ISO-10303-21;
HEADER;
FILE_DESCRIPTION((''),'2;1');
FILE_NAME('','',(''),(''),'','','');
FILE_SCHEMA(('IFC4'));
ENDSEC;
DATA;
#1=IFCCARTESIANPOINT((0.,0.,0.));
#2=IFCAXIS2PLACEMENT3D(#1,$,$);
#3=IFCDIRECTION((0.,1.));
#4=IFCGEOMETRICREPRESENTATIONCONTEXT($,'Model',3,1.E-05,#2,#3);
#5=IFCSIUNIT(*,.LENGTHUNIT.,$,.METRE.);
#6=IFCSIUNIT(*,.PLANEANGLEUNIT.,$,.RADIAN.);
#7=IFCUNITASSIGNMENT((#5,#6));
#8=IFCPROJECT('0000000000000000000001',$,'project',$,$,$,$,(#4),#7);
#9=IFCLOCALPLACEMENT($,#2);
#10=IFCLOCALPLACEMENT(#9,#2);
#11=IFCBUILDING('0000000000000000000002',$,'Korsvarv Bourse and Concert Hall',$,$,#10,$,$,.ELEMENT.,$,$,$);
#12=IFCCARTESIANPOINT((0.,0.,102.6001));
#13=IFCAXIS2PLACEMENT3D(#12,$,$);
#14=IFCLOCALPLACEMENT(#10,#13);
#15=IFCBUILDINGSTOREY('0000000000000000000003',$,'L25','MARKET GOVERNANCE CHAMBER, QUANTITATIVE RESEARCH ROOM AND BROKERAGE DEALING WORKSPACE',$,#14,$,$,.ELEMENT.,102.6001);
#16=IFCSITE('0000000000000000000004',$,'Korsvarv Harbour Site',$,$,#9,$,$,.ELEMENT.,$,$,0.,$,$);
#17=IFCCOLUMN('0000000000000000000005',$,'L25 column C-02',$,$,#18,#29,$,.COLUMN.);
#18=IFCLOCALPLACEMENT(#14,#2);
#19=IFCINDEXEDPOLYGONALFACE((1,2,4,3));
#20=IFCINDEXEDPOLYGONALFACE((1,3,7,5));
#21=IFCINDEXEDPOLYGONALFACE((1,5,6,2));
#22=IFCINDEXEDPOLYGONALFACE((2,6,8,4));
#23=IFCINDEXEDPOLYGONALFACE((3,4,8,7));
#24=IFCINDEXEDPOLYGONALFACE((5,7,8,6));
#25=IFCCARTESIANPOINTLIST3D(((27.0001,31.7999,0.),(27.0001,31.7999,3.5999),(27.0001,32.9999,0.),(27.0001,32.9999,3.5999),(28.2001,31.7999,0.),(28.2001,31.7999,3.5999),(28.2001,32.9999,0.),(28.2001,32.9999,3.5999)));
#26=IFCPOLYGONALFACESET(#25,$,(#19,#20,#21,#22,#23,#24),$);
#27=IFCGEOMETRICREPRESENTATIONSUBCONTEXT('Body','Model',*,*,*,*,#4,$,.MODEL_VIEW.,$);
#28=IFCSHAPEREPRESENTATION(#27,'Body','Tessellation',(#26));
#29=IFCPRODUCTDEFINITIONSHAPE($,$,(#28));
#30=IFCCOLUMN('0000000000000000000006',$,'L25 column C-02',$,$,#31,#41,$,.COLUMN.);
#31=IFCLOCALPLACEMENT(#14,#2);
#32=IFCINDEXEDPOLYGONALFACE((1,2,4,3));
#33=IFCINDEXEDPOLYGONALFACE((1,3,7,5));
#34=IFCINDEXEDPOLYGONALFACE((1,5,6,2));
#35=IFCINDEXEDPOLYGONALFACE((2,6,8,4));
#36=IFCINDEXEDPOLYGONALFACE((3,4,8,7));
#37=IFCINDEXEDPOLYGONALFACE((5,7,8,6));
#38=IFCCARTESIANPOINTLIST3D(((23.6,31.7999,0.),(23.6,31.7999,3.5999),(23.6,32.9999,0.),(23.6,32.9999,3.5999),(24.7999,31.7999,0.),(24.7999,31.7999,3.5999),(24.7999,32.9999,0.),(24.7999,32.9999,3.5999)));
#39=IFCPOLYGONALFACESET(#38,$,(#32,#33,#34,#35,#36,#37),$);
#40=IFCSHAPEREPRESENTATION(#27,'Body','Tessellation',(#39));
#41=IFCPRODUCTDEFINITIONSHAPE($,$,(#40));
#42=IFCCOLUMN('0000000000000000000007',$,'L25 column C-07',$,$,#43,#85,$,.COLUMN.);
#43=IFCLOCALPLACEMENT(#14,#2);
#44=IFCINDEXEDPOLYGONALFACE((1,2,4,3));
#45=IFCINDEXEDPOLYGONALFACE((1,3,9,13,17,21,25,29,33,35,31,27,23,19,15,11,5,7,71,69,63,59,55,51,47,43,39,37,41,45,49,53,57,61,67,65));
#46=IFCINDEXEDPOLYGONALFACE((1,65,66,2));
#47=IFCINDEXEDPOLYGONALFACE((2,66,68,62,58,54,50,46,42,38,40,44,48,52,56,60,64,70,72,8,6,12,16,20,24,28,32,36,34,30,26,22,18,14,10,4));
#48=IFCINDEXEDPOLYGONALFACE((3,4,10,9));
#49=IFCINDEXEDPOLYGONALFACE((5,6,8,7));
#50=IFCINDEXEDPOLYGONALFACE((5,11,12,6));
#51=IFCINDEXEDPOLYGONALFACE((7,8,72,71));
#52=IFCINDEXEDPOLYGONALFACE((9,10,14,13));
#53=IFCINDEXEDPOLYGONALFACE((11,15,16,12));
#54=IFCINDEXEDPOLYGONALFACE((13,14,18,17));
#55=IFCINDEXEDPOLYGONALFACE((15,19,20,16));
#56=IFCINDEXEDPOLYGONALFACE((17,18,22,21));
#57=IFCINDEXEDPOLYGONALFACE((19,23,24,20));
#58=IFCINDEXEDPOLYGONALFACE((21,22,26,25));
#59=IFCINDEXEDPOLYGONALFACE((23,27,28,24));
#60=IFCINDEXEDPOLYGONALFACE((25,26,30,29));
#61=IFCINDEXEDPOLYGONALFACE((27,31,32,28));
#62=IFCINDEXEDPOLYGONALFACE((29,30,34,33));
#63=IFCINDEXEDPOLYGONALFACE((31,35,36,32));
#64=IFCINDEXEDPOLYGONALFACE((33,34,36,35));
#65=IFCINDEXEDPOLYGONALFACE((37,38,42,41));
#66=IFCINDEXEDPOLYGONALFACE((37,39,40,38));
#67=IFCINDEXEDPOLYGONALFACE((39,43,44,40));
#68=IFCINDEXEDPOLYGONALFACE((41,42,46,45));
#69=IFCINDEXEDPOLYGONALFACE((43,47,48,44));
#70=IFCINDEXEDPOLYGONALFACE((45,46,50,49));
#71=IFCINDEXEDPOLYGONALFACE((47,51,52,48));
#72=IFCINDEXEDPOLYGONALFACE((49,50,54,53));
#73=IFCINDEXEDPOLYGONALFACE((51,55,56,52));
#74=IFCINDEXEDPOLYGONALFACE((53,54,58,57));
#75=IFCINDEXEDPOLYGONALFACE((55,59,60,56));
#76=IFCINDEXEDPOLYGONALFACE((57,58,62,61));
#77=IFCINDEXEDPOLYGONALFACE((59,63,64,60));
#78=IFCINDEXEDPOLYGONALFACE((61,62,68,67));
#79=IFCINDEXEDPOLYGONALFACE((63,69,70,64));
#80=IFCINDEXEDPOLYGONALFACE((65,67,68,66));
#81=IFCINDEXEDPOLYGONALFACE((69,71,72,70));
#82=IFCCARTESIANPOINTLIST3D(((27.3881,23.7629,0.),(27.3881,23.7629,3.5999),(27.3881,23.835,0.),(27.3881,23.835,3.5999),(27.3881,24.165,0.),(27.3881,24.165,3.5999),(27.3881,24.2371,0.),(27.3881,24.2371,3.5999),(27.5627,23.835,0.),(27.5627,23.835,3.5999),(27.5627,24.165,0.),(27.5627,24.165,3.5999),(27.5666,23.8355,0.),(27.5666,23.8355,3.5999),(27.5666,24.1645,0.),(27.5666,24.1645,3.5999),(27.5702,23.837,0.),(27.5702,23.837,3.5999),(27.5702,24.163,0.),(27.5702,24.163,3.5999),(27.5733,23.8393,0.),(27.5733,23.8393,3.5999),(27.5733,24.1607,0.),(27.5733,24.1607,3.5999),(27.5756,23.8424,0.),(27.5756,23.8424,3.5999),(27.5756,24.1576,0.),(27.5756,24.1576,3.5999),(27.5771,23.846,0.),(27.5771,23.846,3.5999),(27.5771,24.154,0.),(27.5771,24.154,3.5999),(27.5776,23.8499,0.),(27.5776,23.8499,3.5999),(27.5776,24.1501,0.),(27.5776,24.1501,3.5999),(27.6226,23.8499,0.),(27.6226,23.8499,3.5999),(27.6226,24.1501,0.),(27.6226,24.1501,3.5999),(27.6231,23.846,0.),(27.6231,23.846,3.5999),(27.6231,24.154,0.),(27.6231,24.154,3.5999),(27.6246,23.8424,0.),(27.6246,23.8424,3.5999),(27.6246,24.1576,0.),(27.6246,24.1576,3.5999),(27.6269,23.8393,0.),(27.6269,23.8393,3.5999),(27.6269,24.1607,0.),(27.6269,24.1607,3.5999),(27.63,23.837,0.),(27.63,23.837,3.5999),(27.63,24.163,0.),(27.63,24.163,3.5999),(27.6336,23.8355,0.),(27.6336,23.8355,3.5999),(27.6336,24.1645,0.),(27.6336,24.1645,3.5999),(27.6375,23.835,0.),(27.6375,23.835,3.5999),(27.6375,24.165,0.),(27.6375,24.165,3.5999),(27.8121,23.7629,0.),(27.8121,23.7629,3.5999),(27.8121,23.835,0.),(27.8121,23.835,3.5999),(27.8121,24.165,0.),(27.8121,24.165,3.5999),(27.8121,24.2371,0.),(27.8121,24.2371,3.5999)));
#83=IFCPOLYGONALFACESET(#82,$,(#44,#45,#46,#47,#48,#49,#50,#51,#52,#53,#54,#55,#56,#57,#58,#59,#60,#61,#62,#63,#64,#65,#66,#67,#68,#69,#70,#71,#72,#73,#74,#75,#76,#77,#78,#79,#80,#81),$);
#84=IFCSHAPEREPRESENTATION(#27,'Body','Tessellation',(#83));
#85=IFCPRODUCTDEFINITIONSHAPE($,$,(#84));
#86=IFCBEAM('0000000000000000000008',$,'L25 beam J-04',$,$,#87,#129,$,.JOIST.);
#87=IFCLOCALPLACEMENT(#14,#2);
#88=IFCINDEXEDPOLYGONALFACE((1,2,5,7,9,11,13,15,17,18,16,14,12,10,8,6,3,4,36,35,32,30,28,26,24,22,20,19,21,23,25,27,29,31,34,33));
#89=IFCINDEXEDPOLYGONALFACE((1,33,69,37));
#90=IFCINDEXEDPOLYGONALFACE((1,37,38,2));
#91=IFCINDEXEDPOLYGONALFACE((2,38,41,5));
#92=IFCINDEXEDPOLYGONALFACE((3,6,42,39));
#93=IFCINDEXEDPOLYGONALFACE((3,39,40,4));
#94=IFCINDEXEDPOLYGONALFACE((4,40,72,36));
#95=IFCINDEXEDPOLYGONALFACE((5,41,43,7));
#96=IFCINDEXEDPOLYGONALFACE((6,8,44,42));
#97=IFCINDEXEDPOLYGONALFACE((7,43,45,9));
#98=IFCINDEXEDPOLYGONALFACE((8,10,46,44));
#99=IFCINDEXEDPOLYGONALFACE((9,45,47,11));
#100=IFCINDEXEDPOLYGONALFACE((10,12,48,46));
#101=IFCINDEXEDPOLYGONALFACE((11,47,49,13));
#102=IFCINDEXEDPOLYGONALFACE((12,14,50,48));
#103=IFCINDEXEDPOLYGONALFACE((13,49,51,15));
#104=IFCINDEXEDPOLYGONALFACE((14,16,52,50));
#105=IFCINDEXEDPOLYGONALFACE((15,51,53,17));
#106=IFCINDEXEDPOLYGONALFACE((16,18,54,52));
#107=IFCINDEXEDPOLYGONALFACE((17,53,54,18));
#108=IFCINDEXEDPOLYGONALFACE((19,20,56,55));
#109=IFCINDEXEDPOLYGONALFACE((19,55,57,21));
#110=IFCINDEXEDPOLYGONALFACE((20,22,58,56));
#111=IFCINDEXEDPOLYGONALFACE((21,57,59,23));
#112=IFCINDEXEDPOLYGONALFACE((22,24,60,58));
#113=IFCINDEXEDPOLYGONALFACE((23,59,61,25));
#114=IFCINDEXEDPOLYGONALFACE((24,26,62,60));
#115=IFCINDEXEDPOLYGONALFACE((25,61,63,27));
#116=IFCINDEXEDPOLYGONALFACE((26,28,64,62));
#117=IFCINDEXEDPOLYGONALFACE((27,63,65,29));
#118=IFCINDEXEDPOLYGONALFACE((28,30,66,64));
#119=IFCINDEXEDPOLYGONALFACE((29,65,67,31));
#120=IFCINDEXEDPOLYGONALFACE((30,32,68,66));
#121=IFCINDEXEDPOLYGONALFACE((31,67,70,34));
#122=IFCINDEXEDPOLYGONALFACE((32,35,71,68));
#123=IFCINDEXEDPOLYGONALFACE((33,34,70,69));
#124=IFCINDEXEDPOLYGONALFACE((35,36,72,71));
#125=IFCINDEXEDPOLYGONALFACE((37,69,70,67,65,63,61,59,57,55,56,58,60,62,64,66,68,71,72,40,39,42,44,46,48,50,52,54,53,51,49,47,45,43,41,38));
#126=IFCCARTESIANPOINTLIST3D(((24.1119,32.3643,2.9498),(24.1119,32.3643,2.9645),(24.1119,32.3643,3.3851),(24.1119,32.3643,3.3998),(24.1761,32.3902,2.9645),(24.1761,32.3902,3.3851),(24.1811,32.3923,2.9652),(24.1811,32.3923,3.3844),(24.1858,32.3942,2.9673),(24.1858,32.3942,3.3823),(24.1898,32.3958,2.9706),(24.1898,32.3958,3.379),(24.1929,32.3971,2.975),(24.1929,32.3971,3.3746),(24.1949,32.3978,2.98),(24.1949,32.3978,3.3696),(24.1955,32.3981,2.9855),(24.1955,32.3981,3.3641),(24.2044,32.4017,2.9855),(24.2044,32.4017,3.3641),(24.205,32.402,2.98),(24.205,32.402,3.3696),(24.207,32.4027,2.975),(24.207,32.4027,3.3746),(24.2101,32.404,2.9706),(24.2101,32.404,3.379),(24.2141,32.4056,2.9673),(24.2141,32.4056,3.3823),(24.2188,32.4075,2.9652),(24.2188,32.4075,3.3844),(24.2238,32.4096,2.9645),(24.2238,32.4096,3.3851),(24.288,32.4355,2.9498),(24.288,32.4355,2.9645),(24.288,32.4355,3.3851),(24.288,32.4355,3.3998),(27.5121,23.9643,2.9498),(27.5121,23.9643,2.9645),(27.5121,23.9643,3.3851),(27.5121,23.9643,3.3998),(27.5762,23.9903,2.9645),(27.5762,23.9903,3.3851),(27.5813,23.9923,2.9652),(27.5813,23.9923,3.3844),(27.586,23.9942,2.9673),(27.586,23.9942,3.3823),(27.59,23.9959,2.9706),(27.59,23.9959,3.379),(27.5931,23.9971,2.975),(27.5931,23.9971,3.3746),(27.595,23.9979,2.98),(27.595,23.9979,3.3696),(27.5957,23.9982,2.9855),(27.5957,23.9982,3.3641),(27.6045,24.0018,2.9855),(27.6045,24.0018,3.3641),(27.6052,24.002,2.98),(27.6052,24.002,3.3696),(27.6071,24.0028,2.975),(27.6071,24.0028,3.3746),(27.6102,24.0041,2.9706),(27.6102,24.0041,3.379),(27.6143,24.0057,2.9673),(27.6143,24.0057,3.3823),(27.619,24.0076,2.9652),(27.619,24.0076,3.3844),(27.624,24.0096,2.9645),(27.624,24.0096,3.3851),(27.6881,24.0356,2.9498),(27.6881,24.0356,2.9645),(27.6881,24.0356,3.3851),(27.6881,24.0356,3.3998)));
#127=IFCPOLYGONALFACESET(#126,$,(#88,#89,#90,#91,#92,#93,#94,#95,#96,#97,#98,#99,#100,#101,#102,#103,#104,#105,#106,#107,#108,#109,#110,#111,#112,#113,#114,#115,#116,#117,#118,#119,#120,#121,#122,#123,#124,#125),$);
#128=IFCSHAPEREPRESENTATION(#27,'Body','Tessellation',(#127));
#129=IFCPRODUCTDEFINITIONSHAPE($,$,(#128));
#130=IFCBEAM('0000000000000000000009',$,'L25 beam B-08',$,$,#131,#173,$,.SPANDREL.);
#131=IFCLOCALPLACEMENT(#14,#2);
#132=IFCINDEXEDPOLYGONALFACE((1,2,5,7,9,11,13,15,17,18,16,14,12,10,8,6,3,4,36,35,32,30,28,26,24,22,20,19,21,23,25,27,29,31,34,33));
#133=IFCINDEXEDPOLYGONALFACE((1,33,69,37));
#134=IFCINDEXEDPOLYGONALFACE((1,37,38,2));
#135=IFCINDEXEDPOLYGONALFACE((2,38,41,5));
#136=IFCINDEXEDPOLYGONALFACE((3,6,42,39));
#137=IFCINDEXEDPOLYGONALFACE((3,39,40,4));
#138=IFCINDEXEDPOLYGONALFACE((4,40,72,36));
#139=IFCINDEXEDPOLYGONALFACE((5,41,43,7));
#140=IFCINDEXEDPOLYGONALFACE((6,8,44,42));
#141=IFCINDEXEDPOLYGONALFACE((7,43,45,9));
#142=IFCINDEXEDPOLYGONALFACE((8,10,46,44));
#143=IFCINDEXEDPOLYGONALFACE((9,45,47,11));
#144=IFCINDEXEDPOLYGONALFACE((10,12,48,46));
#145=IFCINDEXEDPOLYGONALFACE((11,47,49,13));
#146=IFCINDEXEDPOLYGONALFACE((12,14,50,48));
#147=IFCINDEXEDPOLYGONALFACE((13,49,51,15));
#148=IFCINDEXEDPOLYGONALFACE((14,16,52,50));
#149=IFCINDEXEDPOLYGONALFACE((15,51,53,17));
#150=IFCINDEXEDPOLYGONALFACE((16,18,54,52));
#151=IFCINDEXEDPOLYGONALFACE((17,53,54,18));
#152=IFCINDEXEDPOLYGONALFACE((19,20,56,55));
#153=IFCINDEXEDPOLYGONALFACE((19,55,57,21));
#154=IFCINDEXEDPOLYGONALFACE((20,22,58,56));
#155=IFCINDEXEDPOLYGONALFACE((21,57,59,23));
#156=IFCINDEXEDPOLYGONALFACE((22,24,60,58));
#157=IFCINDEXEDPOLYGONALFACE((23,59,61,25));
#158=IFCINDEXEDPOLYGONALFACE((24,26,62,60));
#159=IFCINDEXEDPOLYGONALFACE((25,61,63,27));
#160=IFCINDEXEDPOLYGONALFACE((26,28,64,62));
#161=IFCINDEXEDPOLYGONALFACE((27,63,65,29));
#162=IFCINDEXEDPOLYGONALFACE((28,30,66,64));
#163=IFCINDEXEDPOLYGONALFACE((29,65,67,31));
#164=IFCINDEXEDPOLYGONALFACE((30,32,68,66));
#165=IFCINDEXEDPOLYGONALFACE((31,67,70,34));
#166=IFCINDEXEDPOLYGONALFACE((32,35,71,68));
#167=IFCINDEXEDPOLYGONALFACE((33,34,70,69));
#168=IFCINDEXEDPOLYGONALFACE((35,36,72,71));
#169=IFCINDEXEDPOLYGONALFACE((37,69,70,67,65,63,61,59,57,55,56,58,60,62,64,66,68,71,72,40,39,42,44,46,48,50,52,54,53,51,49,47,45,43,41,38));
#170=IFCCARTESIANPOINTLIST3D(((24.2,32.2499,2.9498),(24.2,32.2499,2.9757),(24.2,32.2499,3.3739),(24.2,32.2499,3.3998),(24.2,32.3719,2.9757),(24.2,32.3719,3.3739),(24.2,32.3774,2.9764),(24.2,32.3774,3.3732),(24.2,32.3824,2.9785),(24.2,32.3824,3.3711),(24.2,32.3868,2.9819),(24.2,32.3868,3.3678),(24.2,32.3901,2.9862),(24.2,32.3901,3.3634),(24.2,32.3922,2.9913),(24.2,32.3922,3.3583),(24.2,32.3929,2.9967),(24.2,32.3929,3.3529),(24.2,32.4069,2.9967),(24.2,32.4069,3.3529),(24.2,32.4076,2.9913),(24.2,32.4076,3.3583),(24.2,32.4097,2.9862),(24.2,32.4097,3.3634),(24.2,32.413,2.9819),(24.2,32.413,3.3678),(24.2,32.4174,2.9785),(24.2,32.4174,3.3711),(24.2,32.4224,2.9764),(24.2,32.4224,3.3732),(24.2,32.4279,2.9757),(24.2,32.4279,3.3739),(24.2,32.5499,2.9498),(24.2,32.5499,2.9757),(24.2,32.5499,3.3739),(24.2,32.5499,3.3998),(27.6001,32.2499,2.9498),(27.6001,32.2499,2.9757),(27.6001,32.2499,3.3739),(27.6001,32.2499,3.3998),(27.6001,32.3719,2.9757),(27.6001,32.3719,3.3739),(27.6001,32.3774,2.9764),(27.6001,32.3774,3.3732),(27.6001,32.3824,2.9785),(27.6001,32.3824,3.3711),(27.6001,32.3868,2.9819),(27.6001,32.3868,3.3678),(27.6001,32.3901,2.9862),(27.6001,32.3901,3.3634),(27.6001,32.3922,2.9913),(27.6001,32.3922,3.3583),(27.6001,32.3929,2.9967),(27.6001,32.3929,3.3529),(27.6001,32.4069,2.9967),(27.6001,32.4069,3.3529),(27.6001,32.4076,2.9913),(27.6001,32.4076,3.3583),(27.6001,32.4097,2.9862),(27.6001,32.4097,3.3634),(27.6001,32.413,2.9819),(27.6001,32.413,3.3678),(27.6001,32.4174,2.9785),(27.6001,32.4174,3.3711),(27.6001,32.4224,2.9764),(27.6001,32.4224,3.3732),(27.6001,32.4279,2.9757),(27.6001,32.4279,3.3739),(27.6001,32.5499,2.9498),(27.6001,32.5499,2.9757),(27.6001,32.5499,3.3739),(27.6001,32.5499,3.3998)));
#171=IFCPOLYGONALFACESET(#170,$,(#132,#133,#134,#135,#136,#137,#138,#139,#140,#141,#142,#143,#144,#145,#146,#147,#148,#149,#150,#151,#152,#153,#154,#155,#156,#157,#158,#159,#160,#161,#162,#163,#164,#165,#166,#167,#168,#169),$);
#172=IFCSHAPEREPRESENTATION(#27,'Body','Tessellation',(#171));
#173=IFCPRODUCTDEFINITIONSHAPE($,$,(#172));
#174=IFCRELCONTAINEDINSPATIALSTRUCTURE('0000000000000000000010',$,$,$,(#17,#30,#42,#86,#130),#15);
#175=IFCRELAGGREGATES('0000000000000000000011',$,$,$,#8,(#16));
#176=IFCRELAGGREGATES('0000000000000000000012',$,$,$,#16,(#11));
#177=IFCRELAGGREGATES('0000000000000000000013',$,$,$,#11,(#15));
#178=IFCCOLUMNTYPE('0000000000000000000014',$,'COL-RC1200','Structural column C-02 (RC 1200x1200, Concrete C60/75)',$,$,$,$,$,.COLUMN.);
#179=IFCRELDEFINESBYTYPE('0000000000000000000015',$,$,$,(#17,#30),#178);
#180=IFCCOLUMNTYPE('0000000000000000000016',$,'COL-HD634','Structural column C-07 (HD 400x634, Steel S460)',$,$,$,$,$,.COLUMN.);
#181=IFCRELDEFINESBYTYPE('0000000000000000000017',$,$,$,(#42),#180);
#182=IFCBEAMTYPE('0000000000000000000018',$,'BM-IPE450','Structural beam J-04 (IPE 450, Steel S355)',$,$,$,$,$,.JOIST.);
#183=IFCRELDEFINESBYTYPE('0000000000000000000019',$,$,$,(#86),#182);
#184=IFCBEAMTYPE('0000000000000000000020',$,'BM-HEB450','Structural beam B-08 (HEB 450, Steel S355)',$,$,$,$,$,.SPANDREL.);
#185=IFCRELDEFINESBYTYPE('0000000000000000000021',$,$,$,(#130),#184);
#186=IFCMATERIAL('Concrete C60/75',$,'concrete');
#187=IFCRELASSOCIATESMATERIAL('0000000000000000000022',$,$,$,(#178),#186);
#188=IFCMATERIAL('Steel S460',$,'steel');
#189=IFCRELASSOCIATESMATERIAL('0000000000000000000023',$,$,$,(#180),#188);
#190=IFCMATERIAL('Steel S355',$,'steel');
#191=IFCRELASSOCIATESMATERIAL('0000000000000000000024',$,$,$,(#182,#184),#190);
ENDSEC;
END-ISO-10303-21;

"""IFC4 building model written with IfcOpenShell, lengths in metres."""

from ifc_helpers import new_model, si_unit, direction, frame, origin, origin_2d, place, context, subcontext, project, spatial, rectangle, i_section, extrude, source, transform, mapped, material, material_profile, profile_set, type_object, element, save


model = new_model("IFC4")

# Units and contexts
model_context = context("Model", 3, precision=1e-05, world=origin(), true_north=direction((0.0, 1.0)))
body_context = subcontext(model_context, "Body", "Model", "MODEL_VIEW")
ifc_project = project(units=[si_unit("LENGTHUNIT", "METRE"), si_unit("PLANEANGLEUNIT", "RADIAN")], contexts=[model_context])

# Site, building, storey
site_placement = place(None, origin())
site = spatial("IfcSite", under=ifc_project, at=site_placement, Name="Korsvarv Harbour Site", CompositionType="ELEMENT", RefElevation=0.0)
building_placement = place(site_placement, origin())
building = spatial("IfcBuilding", under=site, at=building_placement, Name="Korsvarv Bourse and Concert Hall", CompositionType="ELEMENT")
storey_placement = place(building_placement, frame((0.0, 0.0, 102.6001)))
storey = spatial("IfcBuildingStorey", under=building, at=storey_placement, Name="L25", Description="MARKET GOVERNANCE CHAMBER, QUANTITATIVE RESEARCH ROOM AND BROKERAGE DEALING WORKSPACE", CompositionType="ELEMENT", Elevation=102.6001)

# Columns
ifc_material_1 = material(Name="Concrete C60/75", Category="concrete")
ifc_material_profile_1 = material_profile(ifc_material_1, rectangle(XDim=1.2, YDim=1.2, at=origin_2d()), Name="RC 1200x1200")
ifc_profile_set_1 = profile_set([ifc_material_profile_1], Name="Concrete C60/75")
column_type_1 = type_object("IfcColumnType", Name="COL-RC1200", Description="Structural column C-02 (RC 1200x1200, Concrete C60/75)", PredefinedType="COLUMN", material=ifc_profile_set_1)
shared_shape_1 = source(origin(), body_context, "Body", "SweptSolid", [
    extrude(rectangle(XDim=1.2, YDim=1.2, at=origin_2d()), origin(), (0.0, 0.0, 1.0), 3.5999),
])
for number, where, z_axis, x_axis, name in (
    (1, (27.6001, 32.3999, 0.0), (0.0, 0.0, 1.0), (1.0, 0.0, 0.0), "L25 column C-02"),
    (2, (24.2, 32.3999, 0.0), (0.0, 0.0, 1.0), (1.0, 0.0, 0.0), "L25 column C-02"),
):
    element("IfcColumn", number, at=place(storey_placement, frame(where, z_axis=z_axis, x_axis=x_axis)), inside=storey, type_object=column_type_1, Name=name, PredefinedType="COLUMN", context=body_context, shape_type="MappedRepresentation", body=[
        mapped(shared_shape_1, transform((0.0, 0.0, 0.0), scale=1.0)),
    ])
ifc_material_2 = material(Name="Steel S460", Category="steel")
ifc_material_profile_2 = material_profile(ifc_material_2, i_section(OverallWidth=0.4241, OverallDepth=0.4741, WebThickness=0.0449, FlangeThickness=0.072, FilletRadius=0.0149, at=origin_2d()), Name="HD 400x634")
ifc_profile_set_2 = profile_set([ifc_material_profile_2], Name="Steel S460")
column_type_2 = type_object("IfcColumnType", Name="COL-HD634", Description="Structural column C-07 (HD 400x634, Steel S460)", PredefinedType="COLUMN", material=ifc_profile_set_2)
shared_shape_2 = source(origin(), body_context, "Body", "SweptSolid", [
    extrude(i_section(OverallWidth=0.4241, OverallDepth=0.4741, WebThickness=0.0449, FlangeThickness=0.072, FilletRadius=0.0149, at=origin_2d()), origin(), (0.0, 0.0, 1.0), 3.5999),
])
column_placement = place(storey_placement, frame((27.6001, 24.0, 0.0), z_axis=(0.0, 0.0, 1.0), x_axis=(1.0, 0.0, 0.0)))
element("IfcColumn", 3, at=column_placement, inside=storey, type_object=column_type_2, Name="L25 column C-07", PredefinedType="COLUMN", context=body_context, shape_type="MappedRepresentation", body=[
    mapped(shared_shape_2, transform((0.0, 0.0, 0.0), scale=1.0)),
])

# Beams
ifc_material_3 = material(Name="Steel S355", Category="steel")
ifc_material_profile_3 = material_profile(ifc_material_3, i_section(OverallWidth=0.1899, OverallDepth=0.45, WebThickness=0.0095, FlangeThickness=0.0146, FilletRadius=0.021, at=origin_2d()), Name="IPE 450")
ifc_profile_set_3 = profile_set([ifc_material_profile_3], Name="Steel S355")
beam_type_1 = type_object("IfcBeamType", Name="BM-IPE450", Description="Structural beam J-04 (IPE 450, Steel S355)", PredefinedType="JOIST", material=ifc_profile_set_3)
shared_shape_3 = source(origin(), body_context, "Body", "SweptSolid", [
    extrude(i_section(OverallWidth=0.1899, OverallDepth=0.45, WebThickness=0.0095, FlangeThickness=0.0146, FilletRadius=0.021, at=origin_2d()), origin(), (0.0, 0.0, 1.0), 9.062),
])
beam_1_placement = place(storey_placement, frame((24.2, 32.3999, 3.1748), z_axis=(0.37521, -0.92694, 0.0), x_axis=(0.92694, 0.37521, 0.0)))
element("IfcBeam", 4, at=beam_1_placement, inside=storey, type_object=beam_type_1, Name="L25 beam J-04", PredefinedType="JOIST", context=body_context, shape_type="MappedRepresentation", body=[
    mapped(shared_shape_3, transform((0.0, 0.0, 0.0), scale=1.0)),
])
ifc_material_profile_4 = material_profile(ifc_material_3, i_section(OverallWidth=0.3, OverallDepth=0.45, WebThickness=0.0139, FlangeThickness=0.0259, FilletRadius=0.021, at=origin_2d()), Name="HEB 450")
ifc_profile_set_4 = profile_set([ifc_material_profile_4], Name="Steel S355")
beam_type_2 = type_object("IfcBeamType", Name="BM-HEB450", Description="Structural beam B-08 (HEB 450, Steel S355)", PredefinedType="SPANDREL", material=ifc_profile_set_4)
shared_shape_4 = source(origin(), body_context, "Body", "SweptSolid", [
    extrude(i_section(OverallWidth=0.3, OverallDepth=0.45, WebThickness=0.0139, FlangeThickness=0.0259, FilletRadius=0.021, at=origin_2d()), origin(), (0.0, 0.0, 1.0), 3.4001),
])
beam_2_placement = place(storey_placement, frame((24.2, 32.3999, 3.1748), z_axis=(1.0, 0.0, 0.0), x_axis=(0.0, 1.0, 0.0)))
element("IfcBeam", 5, at=beam_2_placement, inside=storey, type_object=beam_type_2, Name="L25 beam B-08", PredefinedType="SPANDREL", context=body_context, shape_type="MappedRepresentation", body=[
    mapped(shared_shape_4, transform((0.0, 0.0, 0.0), scale=1.0)),
])

save(model, "model.ifc")
